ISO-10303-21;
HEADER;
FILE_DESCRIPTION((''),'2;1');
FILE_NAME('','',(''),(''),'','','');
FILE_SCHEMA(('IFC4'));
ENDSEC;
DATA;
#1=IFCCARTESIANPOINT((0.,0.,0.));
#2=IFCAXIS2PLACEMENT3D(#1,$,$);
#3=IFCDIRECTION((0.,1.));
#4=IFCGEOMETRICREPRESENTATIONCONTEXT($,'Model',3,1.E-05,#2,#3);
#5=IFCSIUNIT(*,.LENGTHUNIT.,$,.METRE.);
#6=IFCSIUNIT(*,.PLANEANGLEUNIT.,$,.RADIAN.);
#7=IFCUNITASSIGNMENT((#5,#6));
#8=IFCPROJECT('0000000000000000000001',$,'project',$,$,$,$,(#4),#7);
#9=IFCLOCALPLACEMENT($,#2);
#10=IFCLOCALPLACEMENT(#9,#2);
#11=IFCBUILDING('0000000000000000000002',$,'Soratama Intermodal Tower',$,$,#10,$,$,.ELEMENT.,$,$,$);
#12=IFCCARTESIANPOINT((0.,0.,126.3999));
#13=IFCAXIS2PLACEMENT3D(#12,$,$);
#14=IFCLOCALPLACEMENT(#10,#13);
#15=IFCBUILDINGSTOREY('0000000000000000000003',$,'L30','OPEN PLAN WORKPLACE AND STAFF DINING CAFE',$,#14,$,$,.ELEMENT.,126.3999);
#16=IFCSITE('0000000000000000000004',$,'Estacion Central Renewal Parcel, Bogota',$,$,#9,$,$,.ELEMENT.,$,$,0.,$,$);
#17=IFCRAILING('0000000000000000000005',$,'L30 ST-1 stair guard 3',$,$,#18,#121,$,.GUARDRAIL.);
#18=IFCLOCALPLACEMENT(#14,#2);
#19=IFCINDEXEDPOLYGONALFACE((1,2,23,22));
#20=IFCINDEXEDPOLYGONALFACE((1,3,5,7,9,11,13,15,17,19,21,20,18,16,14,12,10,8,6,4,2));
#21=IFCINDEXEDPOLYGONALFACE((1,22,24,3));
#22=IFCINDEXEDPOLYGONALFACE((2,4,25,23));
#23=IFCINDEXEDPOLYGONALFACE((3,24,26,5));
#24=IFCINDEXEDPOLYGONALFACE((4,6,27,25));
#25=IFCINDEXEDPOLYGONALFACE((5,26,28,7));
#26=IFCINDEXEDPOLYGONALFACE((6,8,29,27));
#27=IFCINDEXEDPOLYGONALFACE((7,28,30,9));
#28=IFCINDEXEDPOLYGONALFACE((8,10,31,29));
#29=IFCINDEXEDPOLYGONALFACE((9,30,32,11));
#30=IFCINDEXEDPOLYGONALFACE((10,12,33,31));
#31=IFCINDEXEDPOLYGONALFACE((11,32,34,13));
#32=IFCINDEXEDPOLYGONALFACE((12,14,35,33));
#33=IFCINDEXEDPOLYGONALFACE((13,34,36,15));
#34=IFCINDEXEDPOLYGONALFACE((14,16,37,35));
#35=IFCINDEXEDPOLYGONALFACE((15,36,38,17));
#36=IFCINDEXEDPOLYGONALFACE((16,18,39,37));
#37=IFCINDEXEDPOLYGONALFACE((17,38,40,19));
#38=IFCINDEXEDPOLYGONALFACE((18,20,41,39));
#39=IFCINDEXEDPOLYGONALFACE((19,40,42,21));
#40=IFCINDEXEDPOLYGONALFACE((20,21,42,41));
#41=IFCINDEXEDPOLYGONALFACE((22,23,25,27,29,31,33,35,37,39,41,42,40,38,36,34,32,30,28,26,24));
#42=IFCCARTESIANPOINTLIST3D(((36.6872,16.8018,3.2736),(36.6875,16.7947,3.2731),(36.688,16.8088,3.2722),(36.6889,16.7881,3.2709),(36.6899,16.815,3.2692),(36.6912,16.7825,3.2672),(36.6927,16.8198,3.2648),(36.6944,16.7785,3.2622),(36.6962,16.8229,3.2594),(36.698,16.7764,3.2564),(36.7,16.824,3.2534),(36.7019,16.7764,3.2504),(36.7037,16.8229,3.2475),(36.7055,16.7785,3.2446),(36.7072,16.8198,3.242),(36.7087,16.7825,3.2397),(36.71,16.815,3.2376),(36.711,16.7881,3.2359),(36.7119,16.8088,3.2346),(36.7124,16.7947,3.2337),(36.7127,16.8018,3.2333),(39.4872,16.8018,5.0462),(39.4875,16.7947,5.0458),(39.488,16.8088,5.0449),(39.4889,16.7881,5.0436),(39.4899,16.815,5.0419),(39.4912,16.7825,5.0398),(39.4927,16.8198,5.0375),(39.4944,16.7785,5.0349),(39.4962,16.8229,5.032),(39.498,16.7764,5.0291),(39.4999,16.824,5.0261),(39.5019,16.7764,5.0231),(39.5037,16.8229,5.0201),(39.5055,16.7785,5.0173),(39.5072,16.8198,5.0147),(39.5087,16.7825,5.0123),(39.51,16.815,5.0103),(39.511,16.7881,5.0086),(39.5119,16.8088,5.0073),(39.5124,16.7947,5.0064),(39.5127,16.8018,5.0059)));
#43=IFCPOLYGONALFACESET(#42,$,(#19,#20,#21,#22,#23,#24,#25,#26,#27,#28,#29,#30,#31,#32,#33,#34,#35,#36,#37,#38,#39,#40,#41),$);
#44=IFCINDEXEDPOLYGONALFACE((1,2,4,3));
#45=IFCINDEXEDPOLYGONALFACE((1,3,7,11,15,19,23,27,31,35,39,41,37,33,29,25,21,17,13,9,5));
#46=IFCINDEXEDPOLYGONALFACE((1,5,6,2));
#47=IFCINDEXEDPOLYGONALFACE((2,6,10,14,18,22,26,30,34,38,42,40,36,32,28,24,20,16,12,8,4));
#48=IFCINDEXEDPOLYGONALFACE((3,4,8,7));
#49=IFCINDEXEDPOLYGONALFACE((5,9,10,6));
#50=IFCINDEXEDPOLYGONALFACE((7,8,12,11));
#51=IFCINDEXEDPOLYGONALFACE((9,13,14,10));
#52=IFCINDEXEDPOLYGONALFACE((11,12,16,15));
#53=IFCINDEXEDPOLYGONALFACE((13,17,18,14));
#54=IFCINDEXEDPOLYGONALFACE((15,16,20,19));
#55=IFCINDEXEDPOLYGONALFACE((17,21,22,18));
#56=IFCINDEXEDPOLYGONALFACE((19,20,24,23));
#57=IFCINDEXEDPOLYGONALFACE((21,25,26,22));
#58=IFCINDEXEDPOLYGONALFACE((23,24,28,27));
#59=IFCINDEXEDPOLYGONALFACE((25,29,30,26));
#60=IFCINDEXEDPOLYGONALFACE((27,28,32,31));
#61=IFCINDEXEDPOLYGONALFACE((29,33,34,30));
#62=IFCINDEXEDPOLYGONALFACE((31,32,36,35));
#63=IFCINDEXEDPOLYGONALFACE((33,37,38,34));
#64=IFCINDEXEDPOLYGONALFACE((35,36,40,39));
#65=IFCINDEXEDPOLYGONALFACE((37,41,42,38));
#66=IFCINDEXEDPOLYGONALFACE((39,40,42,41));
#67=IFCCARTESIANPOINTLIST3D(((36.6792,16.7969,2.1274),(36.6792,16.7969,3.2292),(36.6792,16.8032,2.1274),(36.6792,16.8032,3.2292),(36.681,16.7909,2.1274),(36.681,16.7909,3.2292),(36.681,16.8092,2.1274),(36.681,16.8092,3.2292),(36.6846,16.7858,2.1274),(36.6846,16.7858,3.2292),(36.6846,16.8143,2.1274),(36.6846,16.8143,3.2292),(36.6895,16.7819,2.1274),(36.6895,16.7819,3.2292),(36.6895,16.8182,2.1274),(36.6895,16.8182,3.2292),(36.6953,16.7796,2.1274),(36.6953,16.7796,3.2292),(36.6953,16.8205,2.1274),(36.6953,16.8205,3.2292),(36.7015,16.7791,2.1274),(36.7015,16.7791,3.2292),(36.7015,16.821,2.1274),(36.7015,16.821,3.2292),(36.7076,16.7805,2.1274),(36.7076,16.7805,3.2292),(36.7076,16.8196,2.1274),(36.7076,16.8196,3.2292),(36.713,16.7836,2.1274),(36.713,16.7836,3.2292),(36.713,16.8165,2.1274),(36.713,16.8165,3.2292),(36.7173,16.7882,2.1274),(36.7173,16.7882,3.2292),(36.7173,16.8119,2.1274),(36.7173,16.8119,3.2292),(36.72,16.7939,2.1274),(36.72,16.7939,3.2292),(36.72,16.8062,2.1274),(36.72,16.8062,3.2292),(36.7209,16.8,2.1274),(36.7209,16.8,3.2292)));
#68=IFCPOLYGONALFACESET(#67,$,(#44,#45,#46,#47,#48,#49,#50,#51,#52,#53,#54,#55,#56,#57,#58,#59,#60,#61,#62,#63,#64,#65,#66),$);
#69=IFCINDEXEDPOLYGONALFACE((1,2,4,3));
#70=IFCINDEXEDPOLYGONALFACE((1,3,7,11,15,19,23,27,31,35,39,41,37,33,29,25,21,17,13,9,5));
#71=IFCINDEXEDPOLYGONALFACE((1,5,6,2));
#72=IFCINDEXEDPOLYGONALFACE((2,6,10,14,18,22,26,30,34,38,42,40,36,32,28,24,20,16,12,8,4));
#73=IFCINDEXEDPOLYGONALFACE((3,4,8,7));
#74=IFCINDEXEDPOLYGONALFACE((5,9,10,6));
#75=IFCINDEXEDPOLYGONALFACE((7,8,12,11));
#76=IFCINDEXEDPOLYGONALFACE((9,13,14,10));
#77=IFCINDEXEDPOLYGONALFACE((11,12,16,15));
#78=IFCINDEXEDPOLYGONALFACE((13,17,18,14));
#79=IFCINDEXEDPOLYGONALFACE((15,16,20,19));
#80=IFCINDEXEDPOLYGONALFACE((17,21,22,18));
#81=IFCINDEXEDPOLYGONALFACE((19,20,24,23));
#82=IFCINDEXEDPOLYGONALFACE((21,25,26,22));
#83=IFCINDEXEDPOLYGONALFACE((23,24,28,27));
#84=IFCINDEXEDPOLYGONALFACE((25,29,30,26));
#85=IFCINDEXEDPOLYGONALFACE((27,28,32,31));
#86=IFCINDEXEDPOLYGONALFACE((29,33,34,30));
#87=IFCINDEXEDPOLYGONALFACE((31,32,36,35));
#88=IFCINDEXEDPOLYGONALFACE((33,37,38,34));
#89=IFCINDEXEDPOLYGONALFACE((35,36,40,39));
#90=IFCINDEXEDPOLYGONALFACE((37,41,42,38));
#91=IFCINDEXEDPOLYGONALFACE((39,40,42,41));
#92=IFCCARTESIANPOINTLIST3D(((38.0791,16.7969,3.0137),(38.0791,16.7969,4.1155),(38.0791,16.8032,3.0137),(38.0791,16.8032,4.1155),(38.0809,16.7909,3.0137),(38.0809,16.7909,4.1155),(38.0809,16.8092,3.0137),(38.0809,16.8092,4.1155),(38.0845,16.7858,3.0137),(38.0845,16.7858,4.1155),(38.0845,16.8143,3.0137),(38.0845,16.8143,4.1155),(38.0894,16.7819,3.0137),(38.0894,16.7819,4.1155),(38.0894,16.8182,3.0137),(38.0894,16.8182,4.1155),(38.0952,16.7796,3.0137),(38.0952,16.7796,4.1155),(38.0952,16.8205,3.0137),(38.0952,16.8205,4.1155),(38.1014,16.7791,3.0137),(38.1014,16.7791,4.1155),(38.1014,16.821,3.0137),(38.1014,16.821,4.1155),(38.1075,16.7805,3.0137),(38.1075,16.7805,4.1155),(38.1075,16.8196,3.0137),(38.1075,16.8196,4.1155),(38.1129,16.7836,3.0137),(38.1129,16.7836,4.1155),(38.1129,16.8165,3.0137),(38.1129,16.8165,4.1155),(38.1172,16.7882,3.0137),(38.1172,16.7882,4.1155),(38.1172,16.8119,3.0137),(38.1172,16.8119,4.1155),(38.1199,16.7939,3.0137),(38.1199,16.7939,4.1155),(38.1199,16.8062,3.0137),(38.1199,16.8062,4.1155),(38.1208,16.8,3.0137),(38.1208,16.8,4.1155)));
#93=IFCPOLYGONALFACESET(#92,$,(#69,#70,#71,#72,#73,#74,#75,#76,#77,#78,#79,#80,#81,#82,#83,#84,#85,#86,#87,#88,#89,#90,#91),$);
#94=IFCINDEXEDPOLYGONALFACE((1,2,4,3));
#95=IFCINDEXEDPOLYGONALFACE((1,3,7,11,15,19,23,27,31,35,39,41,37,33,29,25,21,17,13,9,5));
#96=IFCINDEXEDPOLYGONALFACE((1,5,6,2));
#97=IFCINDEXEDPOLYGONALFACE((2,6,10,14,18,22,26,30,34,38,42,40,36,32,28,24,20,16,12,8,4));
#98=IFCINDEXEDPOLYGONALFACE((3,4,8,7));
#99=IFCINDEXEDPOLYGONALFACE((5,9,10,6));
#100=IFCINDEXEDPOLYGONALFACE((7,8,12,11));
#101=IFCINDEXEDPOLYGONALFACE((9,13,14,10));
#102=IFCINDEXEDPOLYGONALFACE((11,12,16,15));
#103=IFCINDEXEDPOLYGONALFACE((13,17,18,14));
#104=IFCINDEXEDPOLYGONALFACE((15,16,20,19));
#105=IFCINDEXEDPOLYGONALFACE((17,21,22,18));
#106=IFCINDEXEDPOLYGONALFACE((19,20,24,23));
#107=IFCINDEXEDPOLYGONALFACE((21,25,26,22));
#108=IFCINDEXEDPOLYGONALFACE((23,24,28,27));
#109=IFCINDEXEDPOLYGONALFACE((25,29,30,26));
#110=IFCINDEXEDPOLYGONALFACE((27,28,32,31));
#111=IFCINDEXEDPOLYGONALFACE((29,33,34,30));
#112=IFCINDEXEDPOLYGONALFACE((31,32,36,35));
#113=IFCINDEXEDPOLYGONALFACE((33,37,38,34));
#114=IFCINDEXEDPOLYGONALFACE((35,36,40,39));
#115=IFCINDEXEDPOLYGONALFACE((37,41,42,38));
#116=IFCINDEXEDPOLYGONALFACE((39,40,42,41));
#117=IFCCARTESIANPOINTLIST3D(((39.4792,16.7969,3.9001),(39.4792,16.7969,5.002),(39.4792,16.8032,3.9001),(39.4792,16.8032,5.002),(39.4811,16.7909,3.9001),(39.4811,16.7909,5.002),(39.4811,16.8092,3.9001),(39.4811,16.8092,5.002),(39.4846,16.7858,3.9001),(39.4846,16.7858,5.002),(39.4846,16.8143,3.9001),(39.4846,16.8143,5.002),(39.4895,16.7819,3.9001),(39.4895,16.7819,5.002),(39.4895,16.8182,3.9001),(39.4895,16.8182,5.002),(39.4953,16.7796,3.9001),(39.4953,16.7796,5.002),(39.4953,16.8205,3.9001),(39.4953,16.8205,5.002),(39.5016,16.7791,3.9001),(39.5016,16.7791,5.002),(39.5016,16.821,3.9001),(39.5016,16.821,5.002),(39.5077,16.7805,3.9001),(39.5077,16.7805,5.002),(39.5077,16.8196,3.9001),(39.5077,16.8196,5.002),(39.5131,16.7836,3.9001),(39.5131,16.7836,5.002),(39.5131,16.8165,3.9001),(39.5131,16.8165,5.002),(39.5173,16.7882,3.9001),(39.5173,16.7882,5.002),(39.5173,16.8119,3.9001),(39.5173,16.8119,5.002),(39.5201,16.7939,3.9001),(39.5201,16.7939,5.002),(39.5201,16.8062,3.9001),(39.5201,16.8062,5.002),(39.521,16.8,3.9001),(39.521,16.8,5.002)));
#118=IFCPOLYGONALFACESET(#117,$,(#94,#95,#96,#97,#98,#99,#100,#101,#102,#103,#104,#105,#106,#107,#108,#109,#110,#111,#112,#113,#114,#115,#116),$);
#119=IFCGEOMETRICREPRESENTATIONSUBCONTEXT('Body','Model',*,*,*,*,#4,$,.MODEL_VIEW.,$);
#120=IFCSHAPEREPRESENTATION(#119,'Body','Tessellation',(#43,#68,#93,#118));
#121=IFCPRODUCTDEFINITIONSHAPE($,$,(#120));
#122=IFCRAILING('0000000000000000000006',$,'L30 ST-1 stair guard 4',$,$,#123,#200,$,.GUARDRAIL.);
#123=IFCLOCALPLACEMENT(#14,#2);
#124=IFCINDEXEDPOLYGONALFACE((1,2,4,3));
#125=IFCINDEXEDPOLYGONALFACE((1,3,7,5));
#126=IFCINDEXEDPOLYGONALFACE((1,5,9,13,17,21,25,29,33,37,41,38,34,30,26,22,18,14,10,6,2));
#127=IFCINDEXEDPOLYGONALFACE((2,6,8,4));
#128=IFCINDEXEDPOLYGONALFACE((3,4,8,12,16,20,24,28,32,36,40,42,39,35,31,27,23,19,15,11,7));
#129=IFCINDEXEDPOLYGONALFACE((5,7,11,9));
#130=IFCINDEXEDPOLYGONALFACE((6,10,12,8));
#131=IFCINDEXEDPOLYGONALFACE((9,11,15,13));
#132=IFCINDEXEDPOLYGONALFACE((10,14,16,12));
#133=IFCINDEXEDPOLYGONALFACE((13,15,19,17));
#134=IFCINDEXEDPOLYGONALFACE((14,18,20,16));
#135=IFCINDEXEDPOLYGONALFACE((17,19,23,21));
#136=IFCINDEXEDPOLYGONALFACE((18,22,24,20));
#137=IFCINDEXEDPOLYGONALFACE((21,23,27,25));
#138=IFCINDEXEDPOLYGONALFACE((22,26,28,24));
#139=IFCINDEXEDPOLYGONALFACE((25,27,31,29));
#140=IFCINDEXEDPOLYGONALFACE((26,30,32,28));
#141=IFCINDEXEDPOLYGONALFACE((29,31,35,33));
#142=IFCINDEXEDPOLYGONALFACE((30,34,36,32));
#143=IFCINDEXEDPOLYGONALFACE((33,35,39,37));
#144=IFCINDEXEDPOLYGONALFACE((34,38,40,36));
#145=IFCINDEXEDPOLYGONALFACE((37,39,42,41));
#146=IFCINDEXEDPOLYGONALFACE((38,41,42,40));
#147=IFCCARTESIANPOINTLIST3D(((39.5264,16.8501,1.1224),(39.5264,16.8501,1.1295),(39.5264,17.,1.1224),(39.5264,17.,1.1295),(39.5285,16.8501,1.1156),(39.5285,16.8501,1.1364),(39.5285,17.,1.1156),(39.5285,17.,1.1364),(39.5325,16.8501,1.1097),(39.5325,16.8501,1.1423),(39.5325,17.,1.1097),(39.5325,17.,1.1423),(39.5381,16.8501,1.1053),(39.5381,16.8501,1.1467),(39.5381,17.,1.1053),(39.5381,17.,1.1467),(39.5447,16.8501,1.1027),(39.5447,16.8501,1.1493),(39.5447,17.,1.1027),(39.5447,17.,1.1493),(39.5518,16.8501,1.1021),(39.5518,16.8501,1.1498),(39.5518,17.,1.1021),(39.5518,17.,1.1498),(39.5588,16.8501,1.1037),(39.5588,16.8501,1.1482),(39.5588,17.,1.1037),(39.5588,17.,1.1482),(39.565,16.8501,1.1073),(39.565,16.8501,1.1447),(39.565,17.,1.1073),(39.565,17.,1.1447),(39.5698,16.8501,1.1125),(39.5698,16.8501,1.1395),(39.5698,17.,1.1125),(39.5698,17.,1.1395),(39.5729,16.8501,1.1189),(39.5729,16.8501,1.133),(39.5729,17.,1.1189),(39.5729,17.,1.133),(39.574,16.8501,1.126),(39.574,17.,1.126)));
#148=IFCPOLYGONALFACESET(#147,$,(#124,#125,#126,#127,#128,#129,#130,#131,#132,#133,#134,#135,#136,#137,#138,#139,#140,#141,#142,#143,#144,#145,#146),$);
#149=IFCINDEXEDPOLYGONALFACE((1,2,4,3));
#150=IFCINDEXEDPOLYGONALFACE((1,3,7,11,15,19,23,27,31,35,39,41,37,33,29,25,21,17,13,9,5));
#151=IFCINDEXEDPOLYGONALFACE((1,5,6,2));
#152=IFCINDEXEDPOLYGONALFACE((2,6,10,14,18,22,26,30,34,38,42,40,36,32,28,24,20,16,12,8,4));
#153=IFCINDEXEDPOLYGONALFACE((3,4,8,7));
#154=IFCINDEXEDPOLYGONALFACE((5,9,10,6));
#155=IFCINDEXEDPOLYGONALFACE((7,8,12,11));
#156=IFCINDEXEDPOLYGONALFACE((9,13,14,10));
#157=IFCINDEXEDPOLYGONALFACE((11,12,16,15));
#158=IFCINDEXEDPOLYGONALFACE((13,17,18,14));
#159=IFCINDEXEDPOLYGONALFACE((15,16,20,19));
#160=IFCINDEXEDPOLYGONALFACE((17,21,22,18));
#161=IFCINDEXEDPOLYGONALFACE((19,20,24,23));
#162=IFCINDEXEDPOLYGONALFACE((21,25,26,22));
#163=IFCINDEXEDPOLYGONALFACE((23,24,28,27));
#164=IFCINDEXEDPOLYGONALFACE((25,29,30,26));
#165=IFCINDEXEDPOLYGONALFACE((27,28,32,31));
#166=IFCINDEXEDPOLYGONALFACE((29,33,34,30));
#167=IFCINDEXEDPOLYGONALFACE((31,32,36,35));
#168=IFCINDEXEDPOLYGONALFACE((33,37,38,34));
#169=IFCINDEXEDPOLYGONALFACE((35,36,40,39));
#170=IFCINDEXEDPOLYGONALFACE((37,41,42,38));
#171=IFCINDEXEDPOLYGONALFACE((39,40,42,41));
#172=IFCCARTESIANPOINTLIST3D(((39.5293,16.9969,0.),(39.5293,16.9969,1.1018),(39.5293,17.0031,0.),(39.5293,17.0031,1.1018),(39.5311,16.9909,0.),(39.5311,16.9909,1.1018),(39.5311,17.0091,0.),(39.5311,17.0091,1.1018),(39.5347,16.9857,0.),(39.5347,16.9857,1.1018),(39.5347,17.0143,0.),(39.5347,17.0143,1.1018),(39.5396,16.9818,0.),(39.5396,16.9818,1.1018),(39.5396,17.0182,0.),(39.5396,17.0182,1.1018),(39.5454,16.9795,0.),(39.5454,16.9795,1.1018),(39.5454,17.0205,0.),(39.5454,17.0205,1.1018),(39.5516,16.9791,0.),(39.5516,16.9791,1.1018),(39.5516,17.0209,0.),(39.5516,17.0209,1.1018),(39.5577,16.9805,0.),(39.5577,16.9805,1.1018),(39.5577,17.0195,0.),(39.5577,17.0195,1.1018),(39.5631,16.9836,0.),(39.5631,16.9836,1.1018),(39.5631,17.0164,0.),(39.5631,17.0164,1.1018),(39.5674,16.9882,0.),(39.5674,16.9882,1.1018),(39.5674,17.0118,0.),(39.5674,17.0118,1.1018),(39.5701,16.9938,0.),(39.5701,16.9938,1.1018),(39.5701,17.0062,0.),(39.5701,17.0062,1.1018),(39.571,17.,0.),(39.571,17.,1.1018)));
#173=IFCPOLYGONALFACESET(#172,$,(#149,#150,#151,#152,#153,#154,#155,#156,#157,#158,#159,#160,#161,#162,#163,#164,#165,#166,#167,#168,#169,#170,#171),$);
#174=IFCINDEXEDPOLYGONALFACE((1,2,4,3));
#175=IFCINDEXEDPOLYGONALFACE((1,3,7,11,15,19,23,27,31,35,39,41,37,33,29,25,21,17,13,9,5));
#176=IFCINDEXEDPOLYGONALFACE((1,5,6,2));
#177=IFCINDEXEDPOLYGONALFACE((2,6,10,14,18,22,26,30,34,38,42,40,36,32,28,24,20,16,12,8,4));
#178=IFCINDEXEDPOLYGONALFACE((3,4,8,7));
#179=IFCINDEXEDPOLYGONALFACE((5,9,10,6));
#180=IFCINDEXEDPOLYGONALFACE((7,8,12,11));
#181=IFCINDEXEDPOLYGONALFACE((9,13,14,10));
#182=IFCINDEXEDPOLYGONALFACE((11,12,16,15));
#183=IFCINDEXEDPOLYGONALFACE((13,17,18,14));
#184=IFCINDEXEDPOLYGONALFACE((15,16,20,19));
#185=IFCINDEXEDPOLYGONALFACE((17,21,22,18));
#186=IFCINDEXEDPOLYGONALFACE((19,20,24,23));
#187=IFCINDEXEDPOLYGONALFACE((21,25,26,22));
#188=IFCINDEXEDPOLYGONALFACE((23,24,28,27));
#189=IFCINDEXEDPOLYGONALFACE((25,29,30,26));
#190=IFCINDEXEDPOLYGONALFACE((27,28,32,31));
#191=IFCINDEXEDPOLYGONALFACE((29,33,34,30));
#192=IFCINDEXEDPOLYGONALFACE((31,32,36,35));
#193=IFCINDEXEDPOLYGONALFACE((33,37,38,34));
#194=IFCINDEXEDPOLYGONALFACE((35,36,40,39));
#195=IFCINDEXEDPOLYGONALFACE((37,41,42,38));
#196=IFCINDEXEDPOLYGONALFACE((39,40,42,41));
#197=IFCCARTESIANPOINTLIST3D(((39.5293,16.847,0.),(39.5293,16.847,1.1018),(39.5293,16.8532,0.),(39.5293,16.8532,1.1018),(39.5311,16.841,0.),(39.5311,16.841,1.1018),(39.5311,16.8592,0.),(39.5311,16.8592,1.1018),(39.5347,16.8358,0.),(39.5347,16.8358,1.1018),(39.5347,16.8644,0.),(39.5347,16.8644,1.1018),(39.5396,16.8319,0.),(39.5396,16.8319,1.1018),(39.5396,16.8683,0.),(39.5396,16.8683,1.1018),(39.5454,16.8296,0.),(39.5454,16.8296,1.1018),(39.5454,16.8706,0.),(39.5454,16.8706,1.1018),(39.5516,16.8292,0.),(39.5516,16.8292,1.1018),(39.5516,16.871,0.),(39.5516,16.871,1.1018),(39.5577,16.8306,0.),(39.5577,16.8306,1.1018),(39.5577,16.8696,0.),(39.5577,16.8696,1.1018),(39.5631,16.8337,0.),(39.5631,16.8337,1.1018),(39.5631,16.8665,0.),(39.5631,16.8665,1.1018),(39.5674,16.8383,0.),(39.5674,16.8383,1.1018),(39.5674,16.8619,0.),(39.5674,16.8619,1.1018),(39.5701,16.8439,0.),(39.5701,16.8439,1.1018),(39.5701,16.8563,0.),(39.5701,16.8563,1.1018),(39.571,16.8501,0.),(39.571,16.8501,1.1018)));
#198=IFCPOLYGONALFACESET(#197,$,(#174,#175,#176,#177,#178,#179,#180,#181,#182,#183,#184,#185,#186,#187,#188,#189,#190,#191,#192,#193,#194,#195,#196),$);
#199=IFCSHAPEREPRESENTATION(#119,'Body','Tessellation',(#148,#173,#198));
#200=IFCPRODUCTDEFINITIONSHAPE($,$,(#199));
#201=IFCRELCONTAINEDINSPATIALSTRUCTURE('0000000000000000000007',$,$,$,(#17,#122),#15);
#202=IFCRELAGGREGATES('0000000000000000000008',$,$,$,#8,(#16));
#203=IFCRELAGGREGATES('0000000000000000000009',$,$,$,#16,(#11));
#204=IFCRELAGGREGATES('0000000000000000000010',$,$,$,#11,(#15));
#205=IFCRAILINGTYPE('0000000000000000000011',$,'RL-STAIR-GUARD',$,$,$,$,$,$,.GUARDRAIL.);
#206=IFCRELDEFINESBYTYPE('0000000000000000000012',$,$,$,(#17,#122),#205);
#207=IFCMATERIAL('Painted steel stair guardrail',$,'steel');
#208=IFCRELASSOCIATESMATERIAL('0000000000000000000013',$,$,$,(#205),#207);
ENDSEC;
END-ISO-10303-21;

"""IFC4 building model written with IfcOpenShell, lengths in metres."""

from ifc_helpers import new_model, si_unit, direction, frame, origin, origin_2d, place, context, subcontext, project, spatial, circle, extrude, material, type_object, element, save


model = new_model("IFC4")

# Units and contexts
model_context = context("Model", 3, precision=1e-05, world=origin(), true_north=direction((0.0, 1.0)))
body_context = subcontext(model_context, "Body", "Model", "MODEL_VIEW")
ifc_project = project(units=[si_unit("LENGTHUNIT", "METRE"), si_unit("PLANEANGLEUNIT", "RADIAN")], contexts=[model_context])

# Site, building, storey
site_placement = place(None, origin())
site = spatial("IfcSite", under=ifc_project, at=site_placement, Name="Estacion Central Renewal Parcel, Bogota", CompositionType="ELEMENT", RefElevation=0.0)
building_placement = place(site_placement, origin())
building = spatial("IfcBuilding", under=site, at=building_placement, Name="Soratama Intermodal Tower", CompositionType="ELEMENT")
storey_placement = place(building_placement, frame((0.0, 0.0, 126.3999)))
storey = spatial("IfcBuildingStorey", under=building, at=storey_placement, Name="L30", Description="OPEN PLAN WORKPLACE AND STAFF DINING CAFE", CompositionType="ELEMENT", Elevation=126.3999)

# Railings
ifc_material_1 = material(Name="Painted steel stair guardrail", Category="steel")
railing_type_1 = type_object("IfcRailingType", Name="RL-STAIR-GUARD", PredefinedType="GUARDRAIL", material=ifc_material_1)
railing_1_placement = place(storey_placement, frame((36.7, 16.8, 2.1274)))
element("IfcRailing", 1, at=railing_1_placement, inside=storey, type_object=railing_type_1, Name="L30 ST-1 stair guard 3", PredefinedType="GUARDRAIL", context=body_context, shape_type="SweptSolid", body=[
    extrude(circle(Radius=0.0239, at=origin_2d()), frame((0.0, 0.0, 1.126), z_axis=(0.844909, 0.0, 0.53491), x_axis=(0.0, 1.0, 0.0)), (0.0, 0.0, 1.0), 3.314),
    extrude(circle(Radius=0.021, at=origin_2d()), origin(), (0.0, 0.0, 1.0), 1.1018),
    extrude(circle(Radius=0.021, at=origin_2d()), frame((1.3999, 0.0, 0.8862)), (0.0, 0.0, 1.0), 1.1018),
    extrude(circle(Radius=0.021, at=origin_2d()), frame((2.8, 0.0, 1.7727)), (0.0, 0.0, 1.0), 1.1018),
])
railing_2_placement = place(storey_placement, frame((39.55, 17.0, 0.0)))
element("IfcRailing", 2, at=railing_2_placement, inside=storey, type_object=railing_type_1, Name="L30 ST-1 stair guard 4", PredefinedType="GUARDRAIL", context=body_context, shape_type="SweptSolid", body=[
    extrude(circle(Radius=0.0239, at=origin_2d()), frame((0.0, 0.0, 1.126), z_axis=(0.0, -1.0, 0.0), x_axis=(1.0, 0.0, 0.0)), (0.0, 0.0, 1.0), 0.1499),
    extrude(circle(Radius=0.021, at=origin_2d()), origin(), (0.0, 0.0, 1.0), 1.1018),
    extrude(circle(Radius=0.021, at=origin_2d()), frame((0.0, -0.1499, 0.0)), (0.0, 0.0, 1.0), 1.1018),
])

save(model, "model.ifc")
